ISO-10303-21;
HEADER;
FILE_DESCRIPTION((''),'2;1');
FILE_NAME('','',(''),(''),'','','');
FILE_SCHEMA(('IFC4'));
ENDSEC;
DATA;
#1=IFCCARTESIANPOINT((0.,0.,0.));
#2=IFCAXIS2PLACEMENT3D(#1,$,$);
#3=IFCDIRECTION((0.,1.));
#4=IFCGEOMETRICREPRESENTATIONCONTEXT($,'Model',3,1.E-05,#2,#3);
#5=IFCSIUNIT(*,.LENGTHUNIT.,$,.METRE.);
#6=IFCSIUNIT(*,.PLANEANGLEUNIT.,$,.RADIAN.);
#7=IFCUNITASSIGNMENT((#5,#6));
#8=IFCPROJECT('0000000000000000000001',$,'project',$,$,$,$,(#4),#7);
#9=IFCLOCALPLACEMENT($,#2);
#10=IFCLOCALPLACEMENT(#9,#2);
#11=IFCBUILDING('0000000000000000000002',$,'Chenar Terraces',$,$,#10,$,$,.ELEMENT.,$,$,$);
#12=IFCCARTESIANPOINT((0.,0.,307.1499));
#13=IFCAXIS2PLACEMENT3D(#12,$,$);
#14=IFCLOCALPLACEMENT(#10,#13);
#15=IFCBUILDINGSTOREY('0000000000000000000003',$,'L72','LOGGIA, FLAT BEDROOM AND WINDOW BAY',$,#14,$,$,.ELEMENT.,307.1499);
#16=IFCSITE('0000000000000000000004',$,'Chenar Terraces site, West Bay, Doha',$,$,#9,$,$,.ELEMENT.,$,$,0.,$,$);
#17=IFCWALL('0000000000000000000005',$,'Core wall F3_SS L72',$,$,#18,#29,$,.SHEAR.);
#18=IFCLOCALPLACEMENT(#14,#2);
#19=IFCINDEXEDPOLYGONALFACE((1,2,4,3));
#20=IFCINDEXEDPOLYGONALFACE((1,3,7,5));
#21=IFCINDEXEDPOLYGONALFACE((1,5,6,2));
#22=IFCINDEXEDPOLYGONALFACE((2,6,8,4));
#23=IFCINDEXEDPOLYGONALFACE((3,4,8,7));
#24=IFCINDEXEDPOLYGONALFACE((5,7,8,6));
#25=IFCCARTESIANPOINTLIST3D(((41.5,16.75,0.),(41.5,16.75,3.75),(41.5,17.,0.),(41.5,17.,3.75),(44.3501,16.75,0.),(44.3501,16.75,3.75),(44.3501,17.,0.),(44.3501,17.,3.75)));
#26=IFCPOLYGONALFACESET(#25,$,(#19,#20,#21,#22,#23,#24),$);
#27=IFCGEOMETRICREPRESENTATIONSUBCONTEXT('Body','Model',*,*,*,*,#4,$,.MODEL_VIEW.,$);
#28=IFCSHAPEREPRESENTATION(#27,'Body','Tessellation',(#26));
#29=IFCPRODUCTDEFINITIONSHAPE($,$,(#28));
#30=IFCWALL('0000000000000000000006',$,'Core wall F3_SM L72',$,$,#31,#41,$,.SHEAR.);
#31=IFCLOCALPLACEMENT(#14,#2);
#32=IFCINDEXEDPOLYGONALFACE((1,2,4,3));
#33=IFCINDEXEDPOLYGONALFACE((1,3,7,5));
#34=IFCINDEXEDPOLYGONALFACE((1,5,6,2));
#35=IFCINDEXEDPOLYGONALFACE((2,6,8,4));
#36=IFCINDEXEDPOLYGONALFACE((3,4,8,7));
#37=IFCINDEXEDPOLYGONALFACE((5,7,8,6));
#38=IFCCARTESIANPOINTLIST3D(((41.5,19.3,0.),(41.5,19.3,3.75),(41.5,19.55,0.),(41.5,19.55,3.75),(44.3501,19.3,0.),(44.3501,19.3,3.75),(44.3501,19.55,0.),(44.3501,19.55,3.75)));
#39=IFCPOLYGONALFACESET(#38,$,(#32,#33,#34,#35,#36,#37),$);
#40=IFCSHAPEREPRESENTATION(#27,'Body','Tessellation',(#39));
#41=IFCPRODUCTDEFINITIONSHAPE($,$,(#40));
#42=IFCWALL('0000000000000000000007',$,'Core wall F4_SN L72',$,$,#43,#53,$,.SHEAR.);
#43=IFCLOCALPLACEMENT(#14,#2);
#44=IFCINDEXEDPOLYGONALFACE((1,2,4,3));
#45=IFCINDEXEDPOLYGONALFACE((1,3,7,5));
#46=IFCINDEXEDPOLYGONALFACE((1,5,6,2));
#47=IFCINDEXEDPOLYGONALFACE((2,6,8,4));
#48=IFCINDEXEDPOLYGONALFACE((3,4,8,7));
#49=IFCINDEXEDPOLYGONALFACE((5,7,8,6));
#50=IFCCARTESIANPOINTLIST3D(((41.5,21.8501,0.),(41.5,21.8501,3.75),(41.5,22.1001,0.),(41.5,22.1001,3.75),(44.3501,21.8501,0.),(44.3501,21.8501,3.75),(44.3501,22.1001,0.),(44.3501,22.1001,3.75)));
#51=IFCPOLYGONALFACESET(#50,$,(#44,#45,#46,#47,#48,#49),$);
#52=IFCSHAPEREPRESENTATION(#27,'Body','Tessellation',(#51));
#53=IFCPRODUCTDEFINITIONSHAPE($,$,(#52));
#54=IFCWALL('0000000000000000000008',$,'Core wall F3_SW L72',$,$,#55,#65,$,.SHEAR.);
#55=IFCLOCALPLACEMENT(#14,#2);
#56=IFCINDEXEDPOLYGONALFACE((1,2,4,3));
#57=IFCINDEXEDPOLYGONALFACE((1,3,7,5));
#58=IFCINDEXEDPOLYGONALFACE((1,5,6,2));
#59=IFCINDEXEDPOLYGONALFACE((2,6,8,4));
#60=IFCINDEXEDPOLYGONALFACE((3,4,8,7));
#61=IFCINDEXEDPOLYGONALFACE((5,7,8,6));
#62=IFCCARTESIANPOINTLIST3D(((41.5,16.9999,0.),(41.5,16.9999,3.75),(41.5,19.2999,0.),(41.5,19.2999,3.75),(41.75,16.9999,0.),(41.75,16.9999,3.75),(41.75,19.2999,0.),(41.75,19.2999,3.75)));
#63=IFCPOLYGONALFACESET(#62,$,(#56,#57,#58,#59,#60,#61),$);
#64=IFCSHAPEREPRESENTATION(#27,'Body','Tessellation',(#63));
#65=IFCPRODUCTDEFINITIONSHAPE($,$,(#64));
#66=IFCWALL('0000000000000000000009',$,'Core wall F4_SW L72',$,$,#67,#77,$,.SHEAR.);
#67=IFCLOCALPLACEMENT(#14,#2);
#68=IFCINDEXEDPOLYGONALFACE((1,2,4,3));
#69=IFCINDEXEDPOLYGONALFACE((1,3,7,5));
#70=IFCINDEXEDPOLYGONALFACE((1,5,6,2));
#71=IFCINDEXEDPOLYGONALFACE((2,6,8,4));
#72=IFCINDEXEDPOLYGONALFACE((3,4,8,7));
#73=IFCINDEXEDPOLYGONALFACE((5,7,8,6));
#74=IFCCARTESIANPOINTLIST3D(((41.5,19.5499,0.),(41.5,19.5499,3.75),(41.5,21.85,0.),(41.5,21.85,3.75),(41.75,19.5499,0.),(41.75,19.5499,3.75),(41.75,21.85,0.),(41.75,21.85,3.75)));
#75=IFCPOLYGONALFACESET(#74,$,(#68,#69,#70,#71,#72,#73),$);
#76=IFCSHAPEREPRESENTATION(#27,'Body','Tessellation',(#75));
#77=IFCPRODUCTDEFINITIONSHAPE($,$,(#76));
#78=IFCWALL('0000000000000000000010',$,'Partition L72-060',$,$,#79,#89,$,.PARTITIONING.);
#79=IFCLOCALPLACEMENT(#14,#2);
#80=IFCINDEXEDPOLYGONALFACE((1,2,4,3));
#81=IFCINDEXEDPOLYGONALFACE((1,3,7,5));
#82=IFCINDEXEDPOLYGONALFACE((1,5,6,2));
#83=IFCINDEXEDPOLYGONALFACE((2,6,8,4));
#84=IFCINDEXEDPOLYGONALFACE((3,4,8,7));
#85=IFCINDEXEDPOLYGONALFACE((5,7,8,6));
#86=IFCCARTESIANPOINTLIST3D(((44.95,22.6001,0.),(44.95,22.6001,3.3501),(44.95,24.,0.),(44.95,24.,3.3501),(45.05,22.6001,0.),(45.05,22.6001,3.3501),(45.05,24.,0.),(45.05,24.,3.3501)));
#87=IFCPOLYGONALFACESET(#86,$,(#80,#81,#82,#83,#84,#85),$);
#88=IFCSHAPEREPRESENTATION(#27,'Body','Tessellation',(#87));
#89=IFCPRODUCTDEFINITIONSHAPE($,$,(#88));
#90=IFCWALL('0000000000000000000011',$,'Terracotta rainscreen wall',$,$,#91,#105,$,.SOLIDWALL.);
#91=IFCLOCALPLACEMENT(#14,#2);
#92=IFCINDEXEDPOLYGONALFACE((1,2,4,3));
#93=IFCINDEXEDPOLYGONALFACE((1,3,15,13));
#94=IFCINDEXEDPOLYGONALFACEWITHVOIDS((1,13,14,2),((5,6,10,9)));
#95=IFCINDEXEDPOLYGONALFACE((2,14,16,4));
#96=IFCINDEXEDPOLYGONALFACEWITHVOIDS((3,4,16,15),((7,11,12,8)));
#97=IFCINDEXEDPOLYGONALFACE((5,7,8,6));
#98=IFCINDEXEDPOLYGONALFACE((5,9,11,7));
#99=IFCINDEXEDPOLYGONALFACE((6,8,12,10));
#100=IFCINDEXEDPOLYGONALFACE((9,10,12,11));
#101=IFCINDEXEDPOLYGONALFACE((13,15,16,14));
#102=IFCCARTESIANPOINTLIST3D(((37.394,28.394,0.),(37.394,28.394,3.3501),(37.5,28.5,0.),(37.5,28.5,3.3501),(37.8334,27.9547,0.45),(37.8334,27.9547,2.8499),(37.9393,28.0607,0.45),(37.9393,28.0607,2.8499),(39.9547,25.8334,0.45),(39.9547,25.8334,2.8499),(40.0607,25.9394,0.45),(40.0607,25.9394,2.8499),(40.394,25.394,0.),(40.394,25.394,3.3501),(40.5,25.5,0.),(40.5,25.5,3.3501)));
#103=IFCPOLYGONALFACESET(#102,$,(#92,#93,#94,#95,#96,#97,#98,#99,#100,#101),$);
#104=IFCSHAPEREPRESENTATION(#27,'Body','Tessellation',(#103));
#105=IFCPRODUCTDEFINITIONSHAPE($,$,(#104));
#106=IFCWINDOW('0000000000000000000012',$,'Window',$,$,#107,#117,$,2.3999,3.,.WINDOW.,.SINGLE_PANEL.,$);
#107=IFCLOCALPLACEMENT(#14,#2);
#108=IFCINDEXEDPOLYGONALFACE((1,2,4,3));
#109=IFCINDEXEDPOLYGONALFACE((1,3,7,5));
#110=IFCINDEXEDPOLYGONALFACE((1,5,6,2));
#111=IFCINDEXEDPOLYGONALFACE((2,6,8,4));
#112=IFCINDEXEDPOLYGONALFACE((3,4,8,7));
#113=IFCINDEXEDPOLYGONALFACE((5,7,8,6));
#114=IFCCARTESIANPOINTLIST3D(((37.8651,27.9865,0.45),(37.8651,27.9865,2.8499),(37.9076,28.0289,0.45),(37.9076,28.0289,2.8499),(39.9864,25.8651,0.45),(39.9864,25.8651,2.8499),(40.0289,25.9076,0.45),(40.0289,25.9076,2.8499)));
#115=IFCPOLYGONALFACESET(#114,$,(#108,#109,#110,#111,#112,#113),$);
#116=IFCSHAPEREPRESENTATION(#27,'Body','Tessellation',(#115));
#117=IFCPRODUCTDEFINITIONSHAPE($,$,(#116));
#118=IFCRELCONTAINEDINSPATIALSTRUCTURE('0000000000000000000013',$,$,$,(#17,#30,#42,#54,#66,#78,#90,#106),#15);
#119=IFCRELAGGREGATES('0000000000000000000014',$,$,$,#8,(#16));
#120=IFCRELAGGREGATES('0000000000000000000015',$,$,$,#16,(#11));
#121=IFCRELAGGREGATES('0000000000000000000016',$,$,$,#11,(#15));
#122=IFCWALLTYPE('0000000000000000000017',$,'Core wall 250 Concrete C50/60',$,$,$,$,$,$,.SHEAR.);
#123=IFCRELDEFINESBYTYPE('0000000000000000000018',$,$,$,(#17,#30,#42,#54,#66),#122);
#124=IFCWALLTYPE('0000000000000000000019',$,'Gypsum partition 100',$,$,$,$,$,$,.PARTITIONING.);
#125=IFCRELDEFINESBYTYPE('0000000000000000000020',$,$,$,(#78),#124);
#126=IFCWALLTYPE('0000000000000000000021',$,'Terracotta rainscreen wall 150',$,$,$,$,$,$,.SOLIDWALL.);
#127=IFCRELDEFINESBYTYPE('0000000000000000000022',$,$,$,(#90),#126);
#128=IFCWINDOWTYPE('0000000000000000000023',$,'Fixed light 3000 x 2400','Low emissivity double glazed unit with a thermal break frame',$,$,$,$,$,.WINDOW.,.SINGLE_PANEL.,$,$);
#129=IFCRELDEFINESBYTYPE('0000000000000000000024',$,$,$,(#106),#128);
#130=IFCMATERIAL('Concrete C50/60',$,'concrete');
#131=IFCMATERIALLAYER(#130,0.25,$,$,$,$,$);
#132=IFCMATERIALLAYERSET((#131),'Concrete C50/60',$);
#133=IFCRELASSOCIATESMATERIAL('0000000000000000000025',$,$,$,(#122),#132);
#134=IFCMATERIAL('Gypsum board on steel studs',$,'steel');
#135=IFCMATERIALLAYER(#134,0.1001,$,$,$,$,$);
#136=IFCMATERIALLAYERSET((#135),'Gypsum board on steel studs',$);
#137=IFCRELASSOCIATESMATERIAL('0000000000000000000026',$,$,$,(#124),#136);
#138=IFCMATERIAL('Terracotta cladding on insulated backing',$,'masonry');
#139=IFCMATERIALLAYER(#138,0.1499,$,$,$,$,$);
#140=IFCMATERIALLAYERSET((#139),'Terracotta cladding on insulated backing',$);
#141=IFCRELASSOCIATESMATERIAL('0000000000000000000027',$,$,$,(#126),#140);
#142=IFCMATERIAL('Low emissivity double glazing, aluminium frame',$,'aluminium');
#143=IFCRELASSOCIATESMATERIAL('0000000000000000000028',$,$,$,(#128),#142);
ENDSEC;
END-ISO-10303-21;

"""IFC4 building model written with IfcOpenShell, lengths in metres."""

from ifc_helpers import new_model, si_unit, direction, frame, frame_2d, origin, place, context, subcontext, project, spatial, rectangle, extrude, material, layer, layer_set, type_object, element, fill, save


model = new_model("IFC4")

# Units and contexts
model_context = context("Model", 3, precision=1e-05, world=origin(), true_north=direction((0.0, 1.0)))
body_context = subcontext(model_context, "Body", "Model", "MODEL_VIEW")
ifc_project = project(units=[si_unit("LENGTHUNIT", "METRE"), si_unit("PLANEANGLEUNIT", "RADIAN")], contexts=[model_context])

# Site, building, storey
site_placement = place(None, origin())
site = spatial("IfcSite", under=ifc_project, at=site_placement, Name="Chenar Terraces site, West Bay, Doha", CompositionType="ELEMENT", RefElevation=0.0)
building_placement = place(site_placement, origin())
building = spatial("IfcBuilding", under=site, at=building_placement, Name="Chenar Terraces", CompositionType="ELEMENT")
storey_placement = place(building_placement, frame((0.0, 0.0, 307.1499)))
storey = spatial("IfcBuildingStorey", under=building, at=storey_placement, Name="L72", Description="LOGGIA, FLAT BEDROOM AND WINDOW BAY", CompositionType="ELEMENT", Elevation=307.1499)

# Shared definitions
ifc_material_1 = material(Name="Concrete C50/60", Category="concrete")
ifc_layer_1 = layer(ifc_material_1, 0.25)
ifc_layer_set_1 = layer_set([ifc_layer_1], Name="Concrete C50/60")
wall_type_1 = type_object("IfcWallType", Name="Core wall 250 Concrete C50/60", PredefinedType="SHEAR", material=ifc_layer_set_1)

# Walls
for number, where, z_axis, x_axis, name in (
    (1, (41.5, 16.875, 0.0), (0.0, 0.0, 1.0), (1.0, 0.0, 0.0), "Core wall F3_SS L72"),
    (2, (41.5, 19.425, 0.0), (0.0, 0.0, 1.0), (1.0, 0.0, 0.0), "Core wall F3_SM L72"),
    (3, (41.5, 21.9751, 0.0), (0.0, 0.0, 1.0), (1.0, 0.0, 0.0), "Core wall F4_SN L72"),
):
    element("IfcWall", number, at=place(storey_placement, frame(where, z_axis=z_axis, x_axis=x_axis)), inside=storey, type_object=wall_type_1, Name=name, PredefinedType="SHEAR", context=body_context, shape_type="SweptSolid", body=[
        extrude(rectangle(XDim=2.8501, YDim=0.25, at=frame_2d((1.425, 0.0))), origin(), (0.0, 0.0, 1.0), 3.75),
    ])
for number, where, z_axis, x_axis, name in (
    (4, (41.625, 17.0, 0.0), (0.0, 0.0, 1.0), (0.0, 1.0, 0.0), "Core wall F3_SW L72"),
    (5, (41.625, 19.55, 0.0), (0.0, 0.0, 1.0), (0.0, 1.0, 0.0), "Core wall F4_SW L72"),
):
    element("IfcWall", number, at=place(storey_placement, frame(where, z_axis=z_axis, x_axis=x_axis)), inside=storey, type_object=wall_type_1, Name=name, PredefinedType="SHEAR", context=body_context, shape_type="SweptSolid", body=[
        extrude(rectangle(XDim=2.3, YDim=0.25, at=frame_2d((1.1499, 0.0))), origin(), (0.0, 0.0, 1.0), 3.75),
    ])
ifc_material_2 = material(Name="Gypsum board on steel studs", Category="steel")
ifc_layer_2 = layer(ifc_material_2, 0.1001)
ifc_layer_set_2 = layer_set([ifc_layer_2], Name="Gypsum board on steel studs")
wall_type_2 = type_object("IfcWallType", Name="Gypsum partition 100", PredefinedType="PARTITIONING", material=ifc_layer_set_2)
wall_1_placement = place(storey_placement, frame((45.0, 22.6001, 0.0), z_axis=(0.0, 0.0, 1.0), x_axis=(0.0, 1.0, 0.0)))
element("IfcWall", 6, at=wall_1_placement, inside=storey, type_object=wall_type_2, Name="Partition L72-060", PredefinedType="PARTITIONING", context=body_context, shape_type="SweptSolid", body=[
    extrude(rectangle(XDim=1.3999, YDim=0.1001, at=frame_2d((0.7, 0.0))), origin(), (0.0, 0.0, 1.0), 3.3501),
])

# Wall, opening, window
ifc_material_3 = material(Name="Terracotta cladding on insulated backing", Category="masonry")
ifc_layer_3 = layer(ifc_material_3, 0.1499)
ifc_layer_set_3 = layer_set([ifc_layer_3], Name="Terracotta cladding on insulated backing")
wall_type_3 = type_object("IfcWallType", Name="Terracotta rainscreen wall 150", PredefinedType="SOLIDWALL", material=ifc_layer_set_3)
wall_2_placement = place(storey_placement, frame((40.447, 25.447, 0.0), z_axis=(0.0, 0.0, 1.0), x_axis=(-0.707107, 0.707107, 0.0)))
wall_2 = element("IfcWall", 7, at=wall_2_placement, inside=storey, type_object=wall_type_3, Name="Terracotta rainscreen wall", PredefinedType="SOLIDWALL", context=body_context, shape_type="SweptSolid", body=[
    extrude(rectangle(XDim=4.2427, YDim=0.1499, at=frame_2d((2.1213, 0.0))), origin(), (0.0, 0.0, 1.0), 3.3501),
])
opening_1_placement = place(wall_2_placement, frame((0.6213, 0.0, 0.45)))
opening_1 = element("IfcOpeningElement", 8, at=opening_1_placement, cuts=wall_2, PredefinedType="OPENING", context=body_context, shape_type="SweptSolid", body=[
    extrude(rectangle(XDim=3.0, YDim=2.3999, at=frame_2d((1.5, 1.2))), frame((0.0, 0.085, 0.0), z_axis=(0.0, -1.0, 0.0), x_axis=(1.0, 0.0, 0.0)), (0.0, 0.0, 1.0), 0.1699),
])
ifc_material_4 = material(Name="Low emissivity double glazing, aluminium frame", Category="aluminium")
window_type = type_object("IfcWindowType", Name="Fixed light 3000 x 2400", Description="Low emissivity double glazed unit with a thermal break frame", PartitioningType="SINGLE_PANEL", PredefinedType="WINDOW", material=ifc_material_4)
window_placement = place(opening_1_placement, origin())
window = element("IfcWindow", 9, at=window_placement, inside=storey, type_object=window_type, Name="Window", OverallHeight=2.3999, OverallWidth=3.0, PartitioningType="SINGLE_PANEL", PredefinedType="WINDOW", context=body_context, shape_type="SweptSolid", body=[
    extrude(rectangle(XDim=3.0, YDim=2.3999, at=frame_2d((1.5, 1.2))), frame((0.0, 0.03, 0.0), z_axis=(0.0, -1.0, 0.0), x_axis=(1.0, 0.0, 0.0)), (0.0, 0.0, 1.0), 0.0601),
])
fill(opening_1, window)

save(model, "model.ifc")
